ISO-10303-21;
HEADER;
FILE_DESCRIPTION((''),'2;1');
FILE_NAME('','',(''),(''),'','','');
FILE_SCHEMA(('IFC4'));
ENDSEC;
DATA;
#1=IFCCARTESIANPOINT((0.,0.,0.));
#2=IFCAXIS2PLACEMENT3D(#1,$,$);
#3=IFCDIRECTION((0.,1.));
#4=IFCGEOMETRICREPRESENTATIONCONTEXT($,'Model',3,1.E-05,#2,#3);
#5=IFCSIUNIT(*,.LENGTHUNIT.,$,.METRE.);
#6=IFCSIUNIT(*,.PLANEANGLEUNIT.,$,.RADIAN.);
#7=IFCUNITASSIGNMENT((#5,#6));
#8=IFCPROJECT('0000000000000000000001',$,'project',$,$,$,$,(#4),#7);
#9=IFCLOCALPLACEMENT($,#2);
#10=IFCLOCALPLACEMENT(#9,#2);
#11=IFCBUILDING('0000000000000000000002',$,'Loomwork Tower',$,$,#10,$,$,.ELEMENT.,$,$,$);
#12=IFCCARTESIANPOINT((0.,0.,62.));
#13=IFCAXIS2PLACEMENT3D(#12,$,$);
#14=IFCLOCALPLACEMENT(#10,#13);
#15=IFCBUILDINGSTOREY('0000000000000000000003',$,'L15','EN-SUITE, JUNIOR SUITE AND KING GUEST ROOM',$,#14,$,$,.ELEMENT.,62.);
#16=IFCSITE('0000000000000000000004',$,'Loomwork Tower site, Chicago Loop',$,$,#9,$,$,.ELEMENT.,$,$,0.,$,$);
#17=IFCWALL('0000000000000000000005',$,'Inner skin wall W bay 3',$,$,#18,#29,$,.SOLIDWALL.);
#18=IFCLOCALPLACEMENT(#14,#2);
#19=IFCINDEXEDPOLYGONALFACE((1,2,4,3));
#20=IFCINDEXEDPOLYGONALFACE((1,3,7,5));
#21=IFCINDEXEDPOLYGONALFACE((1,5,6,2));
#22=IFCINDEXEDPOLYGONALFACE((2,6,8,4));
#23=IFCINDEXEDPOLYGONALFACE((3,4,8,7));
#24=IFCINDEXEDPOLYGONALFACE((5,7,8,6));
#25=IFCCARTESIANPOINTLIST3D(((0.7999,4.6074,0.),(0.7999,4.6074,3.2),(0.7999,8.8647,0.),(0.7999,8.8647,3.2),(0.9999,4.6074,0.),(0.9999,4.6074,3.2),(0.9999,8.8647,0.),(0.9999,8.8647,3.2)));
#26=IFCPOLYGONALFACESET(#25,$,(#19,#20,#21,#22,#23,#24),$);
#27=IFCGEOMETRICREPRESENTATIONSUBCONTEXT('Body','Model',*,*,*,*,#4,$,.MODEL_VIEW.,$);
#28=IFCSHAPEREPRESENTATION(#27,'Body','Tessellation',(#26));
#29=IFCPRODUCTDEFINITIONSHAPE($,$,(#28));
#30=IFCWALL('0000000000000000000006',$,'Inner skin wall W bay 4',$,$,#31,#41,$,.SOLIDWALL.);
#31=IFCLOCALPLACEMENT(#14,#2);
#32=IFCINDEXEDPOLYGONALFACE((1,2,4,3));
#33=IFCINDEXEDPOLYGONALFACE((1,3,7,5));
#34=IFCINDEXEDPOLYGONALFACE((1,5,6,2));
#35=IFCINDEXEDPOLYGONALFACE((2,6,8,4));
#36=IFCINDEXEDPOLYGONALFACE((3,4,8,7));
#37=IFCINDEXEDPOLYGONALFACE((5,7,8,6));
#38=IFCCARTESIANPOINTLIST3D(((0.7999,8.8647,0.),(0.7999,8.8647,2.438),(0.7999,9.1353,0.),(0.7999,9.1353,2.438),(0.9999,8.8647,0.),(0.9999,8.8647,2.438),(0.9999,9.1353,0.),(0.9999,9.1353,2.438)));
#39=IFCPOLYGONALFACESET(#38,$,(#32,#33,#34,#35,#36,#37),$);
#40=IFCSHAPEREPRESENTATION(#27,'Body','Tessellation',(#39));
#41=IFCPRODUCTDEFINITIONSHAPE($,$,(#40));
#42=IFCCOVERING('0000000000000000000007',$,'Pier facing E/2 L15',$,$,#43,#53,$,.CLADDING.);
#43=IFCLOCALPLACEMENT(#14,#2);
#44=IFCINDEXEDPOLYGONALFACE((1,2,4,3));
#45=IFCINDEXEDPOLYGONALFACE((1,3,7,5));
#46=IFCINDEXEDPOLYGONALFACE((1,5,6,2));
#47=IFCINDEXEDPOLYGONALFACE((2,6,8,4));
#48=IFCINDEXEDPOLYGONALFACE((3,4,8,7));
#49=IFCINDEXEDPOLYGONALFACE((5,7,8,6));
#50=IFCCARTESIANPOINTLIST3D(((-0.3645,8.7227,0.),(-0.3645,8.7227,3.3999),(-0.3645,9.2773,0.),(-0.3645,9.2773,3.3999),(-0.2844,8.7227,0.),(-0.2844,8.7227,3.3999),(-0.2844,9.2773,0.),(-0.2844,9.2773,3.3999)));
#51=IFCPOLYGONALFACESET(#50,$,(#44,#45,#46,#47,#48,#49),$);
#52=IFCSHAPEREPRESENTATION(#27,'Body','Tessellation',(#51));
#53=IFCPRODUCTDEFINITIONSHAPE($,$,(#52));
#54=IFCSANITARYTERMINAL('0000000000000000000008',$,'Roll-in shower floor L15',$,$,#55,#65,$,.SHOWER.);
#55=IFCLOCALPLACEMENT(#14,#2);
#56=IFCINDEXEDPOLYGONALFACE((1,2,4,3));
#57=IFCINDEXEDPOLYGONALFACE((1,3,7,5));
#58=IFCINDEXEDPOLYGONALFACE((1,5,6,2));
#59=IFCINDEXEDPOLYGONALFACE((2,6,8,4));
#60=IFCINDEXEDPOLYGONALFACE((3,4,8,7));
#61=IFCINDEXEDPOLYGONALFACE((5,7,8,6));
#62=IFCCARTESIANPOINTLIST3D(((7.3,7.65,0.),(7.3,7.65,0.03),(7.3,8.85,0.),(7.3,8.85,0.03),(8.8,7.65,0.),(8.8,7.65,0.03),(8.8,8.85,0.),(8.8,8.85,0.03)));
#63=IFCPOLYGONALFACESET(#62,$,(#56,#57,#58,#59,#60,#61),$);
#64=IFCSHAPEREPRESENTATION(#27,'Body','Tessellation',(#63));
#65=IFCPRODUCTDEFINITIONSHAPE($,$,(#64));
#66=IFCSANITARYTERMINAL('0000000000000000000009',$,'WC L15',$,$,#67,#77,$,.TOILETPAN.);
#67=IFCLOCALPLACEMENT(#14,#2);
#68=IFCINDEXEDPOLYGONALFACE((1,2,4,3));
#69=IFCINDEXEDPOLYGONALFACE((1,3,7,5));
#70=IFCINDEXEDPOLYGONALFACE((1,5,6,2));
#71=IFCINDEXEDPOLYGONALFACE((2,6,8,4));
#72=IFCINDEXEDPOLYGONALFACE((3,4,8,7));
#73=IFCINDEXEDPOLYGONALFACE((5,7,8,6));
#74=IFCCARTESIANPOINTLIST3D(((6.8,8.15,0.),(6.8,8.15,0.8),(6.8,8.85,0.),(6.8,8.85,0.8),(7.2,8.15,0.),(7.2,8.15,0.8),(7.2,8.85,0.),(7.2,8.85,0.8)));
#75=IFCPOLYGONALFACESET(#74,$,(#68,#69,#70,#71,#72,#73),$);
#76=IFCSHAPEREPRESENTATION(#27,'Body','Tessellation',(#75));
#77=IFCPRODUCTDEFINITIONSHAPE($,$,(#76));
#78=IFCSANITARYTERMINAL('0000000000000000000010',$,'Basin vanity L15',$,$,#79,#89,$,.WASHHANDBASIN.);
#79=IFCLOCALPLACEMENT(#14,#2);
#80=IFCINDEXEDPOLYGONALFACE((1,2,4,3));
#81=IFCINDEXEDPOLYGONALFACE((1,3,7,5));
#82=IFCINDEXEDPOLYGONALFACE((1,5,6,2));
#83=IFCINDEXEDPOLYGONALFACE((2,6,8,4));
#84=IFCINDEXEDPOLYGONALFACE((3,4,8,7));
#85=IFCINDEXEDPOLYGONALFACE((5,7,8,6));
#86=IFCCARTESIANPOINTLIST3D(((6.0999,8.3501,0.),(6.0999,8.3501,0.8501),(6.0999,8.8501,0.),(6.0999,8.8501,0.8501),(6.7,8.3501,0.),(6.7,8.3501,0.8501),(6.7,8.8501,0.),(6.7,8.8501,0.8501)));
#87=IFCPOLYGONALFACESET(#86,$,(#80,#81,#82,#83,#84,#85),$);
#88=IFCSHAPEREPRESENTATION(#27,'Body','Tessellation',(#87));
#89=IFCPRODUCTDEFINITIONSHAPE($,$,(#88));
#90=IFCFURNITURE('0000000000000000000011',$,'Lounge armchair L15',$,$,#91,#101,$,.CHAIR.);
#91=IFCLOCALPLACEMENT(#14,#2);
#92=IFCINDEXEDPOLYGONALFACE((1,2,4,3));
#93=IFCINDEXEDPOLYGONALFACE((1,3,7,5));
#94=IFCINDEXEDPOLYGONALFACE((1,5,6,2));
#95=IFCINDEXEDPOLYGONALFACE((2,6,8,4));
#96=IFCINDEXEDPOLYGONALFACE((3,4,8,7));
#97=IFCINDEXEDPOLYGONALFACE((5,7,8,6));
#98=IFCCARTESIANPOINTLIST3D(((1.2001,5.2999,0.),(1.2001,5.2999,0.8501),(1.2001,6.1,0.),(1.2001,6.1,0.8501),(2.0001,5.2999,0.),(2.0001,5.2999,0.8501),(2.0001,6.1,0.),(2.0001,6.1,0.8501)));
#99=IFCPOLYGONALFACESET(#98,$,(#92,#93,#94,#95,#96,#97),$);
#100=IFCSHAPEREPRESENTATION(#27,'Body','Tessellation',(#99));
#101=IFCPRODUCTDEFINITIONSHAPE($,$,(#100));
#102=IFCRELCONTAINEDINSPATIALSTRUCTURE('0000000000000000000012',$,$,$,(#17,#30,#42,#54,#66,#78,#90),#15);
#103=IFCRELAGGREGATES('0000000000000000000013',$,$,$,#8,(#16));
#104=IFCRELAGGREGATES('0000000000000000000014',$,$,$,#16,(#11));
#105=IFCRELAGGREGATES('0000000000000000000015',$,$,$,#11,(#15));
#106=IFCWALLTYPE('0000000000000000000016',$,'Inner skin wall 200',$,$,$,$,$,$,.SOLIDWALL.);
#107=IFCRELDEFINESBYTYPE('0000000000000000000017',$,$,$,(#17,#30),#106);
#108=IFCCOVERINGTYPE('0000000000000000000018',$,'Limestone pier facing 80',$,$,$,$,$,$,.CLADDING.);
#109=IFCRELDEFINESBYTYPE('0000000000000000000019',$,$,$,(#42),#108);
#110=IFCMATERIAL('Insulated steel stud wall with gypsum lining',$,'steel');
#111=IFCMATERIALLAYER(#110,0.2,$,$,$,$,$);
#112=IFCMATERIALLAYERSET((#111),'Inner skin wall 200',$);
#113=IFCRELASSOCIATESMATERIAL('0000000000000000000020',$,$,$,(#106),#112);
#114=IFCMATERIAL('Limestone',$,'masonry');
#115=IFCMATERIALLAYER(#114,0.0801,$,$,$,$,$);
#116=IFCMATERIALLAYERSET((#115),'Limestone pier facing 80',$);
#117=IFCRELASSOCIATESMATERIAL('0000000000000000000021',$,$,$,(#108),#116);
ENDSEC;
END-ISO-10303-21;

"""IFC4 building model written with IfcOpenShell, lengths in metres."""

from ifc_helpers import new_model, si_unit, direction, frame, frame_2d, origin, origin_2d, place, context, subcontext, project, spatial, rectangle, extrude, material, layer, layer_set, type_object, element, save


model = new_model("IFC4")

# Units and contexts
model_context = context("Model", 3, precision=1e-05, world=origin(), true_north=direction((0.0, 1.0)))
body_context = subcontext(model_context, "Body", "Model", "MODEL_VIEW")
ifc_project = project(units=[si_unit("LENGTHUNIT", "METRE"), si_unit("PLANEANGLEUNIT", "RADIAN")], contexts=[model_context])

# Site, building, storey
site_placement = place(None, origin())
site = spatial("IfcSite", under=ifc_project, at=site_placement, Name="Loomwork Tower site, Chicago Loop", CompositionType="ELEMENT", RefElevation=0.0)
building_placement = place(site_placement, origin())
building = spatial("IfcBuilding", under=site, at=building_placement, Name="Loomwork Tower", CompositionType="ELEMENT")
storey_placement = place(building_placement, frame((0.0, 0.0, 62.0)))
storey = spatial("IfcBuildingStorey", under=building, at=storey_placement, Name="L15", Description="EN-SUITE, JUNIOR SUITE AND KING GUEST ROOM", CompositionType="ELEMENT", Elevation=62.0)

# Walls
ifc_material_1 = material(Name="Insulated steel stud wall with gypsum lining", Category="steel")
ifc_layer_1 = layer(ifc_material_1, 0.2)
ifc_layer_set_1 = layer_set([ifc_layer_1], Name="Inner skin wall 200")
wall_type_1 = type_object("IfcWallType", Name="Inner skin wall 200", PredefinedType="SOLIDWALL", material=ifc_layer_set_1)
wall_1_placement = place(storey_placement, frame((0.8999, 4.6074, 0.0), z_axis=(0.0, 0.0, 1.0), x_axis=(0.0, 1.0, 0.0)))
element("IfcWall", 1, at=wall_1_placement, inside=storey, type_object=wall_type_1, Name="Inner skin wall W bay 3", PredefinedType="SOLIDWALL", context=body_context, shape_type="SweptSolid", body=[
    extrude(rectangle(XDim=4.2573, YDim=0.2, at=frame_2d((2.1287, 0.0))), origin(), (0.0, 0.0, 1.0), 3.2),
])
wall_2_placement = place(storey_placement, frame((0.8999, 8.8647, 0.0), z_axis=(0.0, 0.0, 1.0), x_axis=(0.0, 1.0, 0.0)))
element("IfcWall", 2, at=wall_2_placement, inside=storey, type_object=wall_type_1, Name="Inner skin wall W bay 4", PredefinedType="SOLIDWALL", context=body_context, shape_type="SweptSolid", body=[
    extrude(rectangle(XDim=0.2705, YDim=0.2, at=frame_2d((0.1353, 0.0))), origin(), (0.0, 0.0, 1.0), 2.438),
])

# Covering
ifc_material_2 = material(Name="Limestone", Category="masonry")
ifc_layer_2 = layer(ifc_material_2, 0.0801)
ifc_layer_set_2 = layer_set([ifc_layer_2], Name="Limestone pier facing 80")
covering_type = type_object("IfcCoveringType", Name="Limestone pier facing 80", PredefinedType="CLADDING", material=ifc_layer_set_2)
covering_placement = place(storey_placement, frame((-0.3245, 9.0, 0.0), z_axis=(0.0, 0.0, 1.0), x_axis=(1.0, 0.0, 0.0)))
element("IfcCovering", 3, at=covering_placement, inside=storey, type_object=covering_type, Name="Pier facing E/2 L15", PredefinedType="CLADDING", context=body_context, shape_type="SweptSolid", body=[
    extrude(rectangle(XDim=0.0801, YDim=0.5547, at=origin_2d()), origin(), (0.0, 0.0, 1.0), 3.3999),
])

# Sanitary terminals
sanitary_terminal_1_placement = place(storey_placement, frame((8.05, 8.25, 0.0), z_axis=(0.0, 0.0, 1.0), x_axis=(1.0, 0.0, 0.0)))
element("IfcSanitaryTerminal", 4, at=sanitary_terminal_1_placement, inside=storey, Name="Roll-in shower floor L15", PredefinedType="SHOWER", context=body_context, shape_type="SweptSolid", body=[
    extrude(rectangle(XDim=1.5, YDim=1.2, at=origin_2d()), origin(), (0.0, 0.0, 1.0), 0.03),
])
sanitary_terminal_2_placement = place(storey_placement, frame((7.0, 8.5, 0.0), z_axis=(0.0, 0.0, 1.0), x_axis=(1.0, 0.0, 0.0)))
element("IfcSanitaryTerminal", 5, at=sanitary_terminal_2_placement, inside=storey, Name="WC L15", PredefinedType="TOILETPAN", context=body_context, shape_type="SweptSolid", body=[
    extrude(rectangle(XDim=0.3999, YDim=0.7, at=origin_2d()), origin(), (0.0, 0.0, 1.0), 0.8),
])
sanitary_terminal_3_placement = place(storey_placement, frame((6.3999, 8.6001, 0.0), z_axis=(0.0, 0.0, 1.0), x_axis=(1.0, 0.0, 0.0)))
element("IfcSanitaryTerminal", 6, at=sanitary_terminal_3_placement, inside=storey, Name="Basin vanity L15", PredefinedType="WASHHANDBASIN", context=body_context, shape_type="SweptSolid", body=[
    extrude(rectangle(XDim=0.6001, YDim=0.5, at=origin_2d()), origin(), (0.0, 0.0, 1.0), 0.8501),
])

# Furniture
furniture_placement = place(storey_placement, frame((1.6001, 5.7, 0.0), z_axis=(0.0, 0.0, 1.0), x_axis=(1.0, 0.0, 0.0)))
element("IfcFurniture", 7, at=furniture_placement, inside=storey, Name="Lounge armchair L15", PredefinedType="CHAIR", context=body_context, shape_type="SweptSolid", body=[
    extrude(rectangle(XDim=0.8, YDim=0.8, at=origin_2d()), origin(), (0.0, 0.0, 1.0), 0.8501),
])

save(model, "model.ifc")
